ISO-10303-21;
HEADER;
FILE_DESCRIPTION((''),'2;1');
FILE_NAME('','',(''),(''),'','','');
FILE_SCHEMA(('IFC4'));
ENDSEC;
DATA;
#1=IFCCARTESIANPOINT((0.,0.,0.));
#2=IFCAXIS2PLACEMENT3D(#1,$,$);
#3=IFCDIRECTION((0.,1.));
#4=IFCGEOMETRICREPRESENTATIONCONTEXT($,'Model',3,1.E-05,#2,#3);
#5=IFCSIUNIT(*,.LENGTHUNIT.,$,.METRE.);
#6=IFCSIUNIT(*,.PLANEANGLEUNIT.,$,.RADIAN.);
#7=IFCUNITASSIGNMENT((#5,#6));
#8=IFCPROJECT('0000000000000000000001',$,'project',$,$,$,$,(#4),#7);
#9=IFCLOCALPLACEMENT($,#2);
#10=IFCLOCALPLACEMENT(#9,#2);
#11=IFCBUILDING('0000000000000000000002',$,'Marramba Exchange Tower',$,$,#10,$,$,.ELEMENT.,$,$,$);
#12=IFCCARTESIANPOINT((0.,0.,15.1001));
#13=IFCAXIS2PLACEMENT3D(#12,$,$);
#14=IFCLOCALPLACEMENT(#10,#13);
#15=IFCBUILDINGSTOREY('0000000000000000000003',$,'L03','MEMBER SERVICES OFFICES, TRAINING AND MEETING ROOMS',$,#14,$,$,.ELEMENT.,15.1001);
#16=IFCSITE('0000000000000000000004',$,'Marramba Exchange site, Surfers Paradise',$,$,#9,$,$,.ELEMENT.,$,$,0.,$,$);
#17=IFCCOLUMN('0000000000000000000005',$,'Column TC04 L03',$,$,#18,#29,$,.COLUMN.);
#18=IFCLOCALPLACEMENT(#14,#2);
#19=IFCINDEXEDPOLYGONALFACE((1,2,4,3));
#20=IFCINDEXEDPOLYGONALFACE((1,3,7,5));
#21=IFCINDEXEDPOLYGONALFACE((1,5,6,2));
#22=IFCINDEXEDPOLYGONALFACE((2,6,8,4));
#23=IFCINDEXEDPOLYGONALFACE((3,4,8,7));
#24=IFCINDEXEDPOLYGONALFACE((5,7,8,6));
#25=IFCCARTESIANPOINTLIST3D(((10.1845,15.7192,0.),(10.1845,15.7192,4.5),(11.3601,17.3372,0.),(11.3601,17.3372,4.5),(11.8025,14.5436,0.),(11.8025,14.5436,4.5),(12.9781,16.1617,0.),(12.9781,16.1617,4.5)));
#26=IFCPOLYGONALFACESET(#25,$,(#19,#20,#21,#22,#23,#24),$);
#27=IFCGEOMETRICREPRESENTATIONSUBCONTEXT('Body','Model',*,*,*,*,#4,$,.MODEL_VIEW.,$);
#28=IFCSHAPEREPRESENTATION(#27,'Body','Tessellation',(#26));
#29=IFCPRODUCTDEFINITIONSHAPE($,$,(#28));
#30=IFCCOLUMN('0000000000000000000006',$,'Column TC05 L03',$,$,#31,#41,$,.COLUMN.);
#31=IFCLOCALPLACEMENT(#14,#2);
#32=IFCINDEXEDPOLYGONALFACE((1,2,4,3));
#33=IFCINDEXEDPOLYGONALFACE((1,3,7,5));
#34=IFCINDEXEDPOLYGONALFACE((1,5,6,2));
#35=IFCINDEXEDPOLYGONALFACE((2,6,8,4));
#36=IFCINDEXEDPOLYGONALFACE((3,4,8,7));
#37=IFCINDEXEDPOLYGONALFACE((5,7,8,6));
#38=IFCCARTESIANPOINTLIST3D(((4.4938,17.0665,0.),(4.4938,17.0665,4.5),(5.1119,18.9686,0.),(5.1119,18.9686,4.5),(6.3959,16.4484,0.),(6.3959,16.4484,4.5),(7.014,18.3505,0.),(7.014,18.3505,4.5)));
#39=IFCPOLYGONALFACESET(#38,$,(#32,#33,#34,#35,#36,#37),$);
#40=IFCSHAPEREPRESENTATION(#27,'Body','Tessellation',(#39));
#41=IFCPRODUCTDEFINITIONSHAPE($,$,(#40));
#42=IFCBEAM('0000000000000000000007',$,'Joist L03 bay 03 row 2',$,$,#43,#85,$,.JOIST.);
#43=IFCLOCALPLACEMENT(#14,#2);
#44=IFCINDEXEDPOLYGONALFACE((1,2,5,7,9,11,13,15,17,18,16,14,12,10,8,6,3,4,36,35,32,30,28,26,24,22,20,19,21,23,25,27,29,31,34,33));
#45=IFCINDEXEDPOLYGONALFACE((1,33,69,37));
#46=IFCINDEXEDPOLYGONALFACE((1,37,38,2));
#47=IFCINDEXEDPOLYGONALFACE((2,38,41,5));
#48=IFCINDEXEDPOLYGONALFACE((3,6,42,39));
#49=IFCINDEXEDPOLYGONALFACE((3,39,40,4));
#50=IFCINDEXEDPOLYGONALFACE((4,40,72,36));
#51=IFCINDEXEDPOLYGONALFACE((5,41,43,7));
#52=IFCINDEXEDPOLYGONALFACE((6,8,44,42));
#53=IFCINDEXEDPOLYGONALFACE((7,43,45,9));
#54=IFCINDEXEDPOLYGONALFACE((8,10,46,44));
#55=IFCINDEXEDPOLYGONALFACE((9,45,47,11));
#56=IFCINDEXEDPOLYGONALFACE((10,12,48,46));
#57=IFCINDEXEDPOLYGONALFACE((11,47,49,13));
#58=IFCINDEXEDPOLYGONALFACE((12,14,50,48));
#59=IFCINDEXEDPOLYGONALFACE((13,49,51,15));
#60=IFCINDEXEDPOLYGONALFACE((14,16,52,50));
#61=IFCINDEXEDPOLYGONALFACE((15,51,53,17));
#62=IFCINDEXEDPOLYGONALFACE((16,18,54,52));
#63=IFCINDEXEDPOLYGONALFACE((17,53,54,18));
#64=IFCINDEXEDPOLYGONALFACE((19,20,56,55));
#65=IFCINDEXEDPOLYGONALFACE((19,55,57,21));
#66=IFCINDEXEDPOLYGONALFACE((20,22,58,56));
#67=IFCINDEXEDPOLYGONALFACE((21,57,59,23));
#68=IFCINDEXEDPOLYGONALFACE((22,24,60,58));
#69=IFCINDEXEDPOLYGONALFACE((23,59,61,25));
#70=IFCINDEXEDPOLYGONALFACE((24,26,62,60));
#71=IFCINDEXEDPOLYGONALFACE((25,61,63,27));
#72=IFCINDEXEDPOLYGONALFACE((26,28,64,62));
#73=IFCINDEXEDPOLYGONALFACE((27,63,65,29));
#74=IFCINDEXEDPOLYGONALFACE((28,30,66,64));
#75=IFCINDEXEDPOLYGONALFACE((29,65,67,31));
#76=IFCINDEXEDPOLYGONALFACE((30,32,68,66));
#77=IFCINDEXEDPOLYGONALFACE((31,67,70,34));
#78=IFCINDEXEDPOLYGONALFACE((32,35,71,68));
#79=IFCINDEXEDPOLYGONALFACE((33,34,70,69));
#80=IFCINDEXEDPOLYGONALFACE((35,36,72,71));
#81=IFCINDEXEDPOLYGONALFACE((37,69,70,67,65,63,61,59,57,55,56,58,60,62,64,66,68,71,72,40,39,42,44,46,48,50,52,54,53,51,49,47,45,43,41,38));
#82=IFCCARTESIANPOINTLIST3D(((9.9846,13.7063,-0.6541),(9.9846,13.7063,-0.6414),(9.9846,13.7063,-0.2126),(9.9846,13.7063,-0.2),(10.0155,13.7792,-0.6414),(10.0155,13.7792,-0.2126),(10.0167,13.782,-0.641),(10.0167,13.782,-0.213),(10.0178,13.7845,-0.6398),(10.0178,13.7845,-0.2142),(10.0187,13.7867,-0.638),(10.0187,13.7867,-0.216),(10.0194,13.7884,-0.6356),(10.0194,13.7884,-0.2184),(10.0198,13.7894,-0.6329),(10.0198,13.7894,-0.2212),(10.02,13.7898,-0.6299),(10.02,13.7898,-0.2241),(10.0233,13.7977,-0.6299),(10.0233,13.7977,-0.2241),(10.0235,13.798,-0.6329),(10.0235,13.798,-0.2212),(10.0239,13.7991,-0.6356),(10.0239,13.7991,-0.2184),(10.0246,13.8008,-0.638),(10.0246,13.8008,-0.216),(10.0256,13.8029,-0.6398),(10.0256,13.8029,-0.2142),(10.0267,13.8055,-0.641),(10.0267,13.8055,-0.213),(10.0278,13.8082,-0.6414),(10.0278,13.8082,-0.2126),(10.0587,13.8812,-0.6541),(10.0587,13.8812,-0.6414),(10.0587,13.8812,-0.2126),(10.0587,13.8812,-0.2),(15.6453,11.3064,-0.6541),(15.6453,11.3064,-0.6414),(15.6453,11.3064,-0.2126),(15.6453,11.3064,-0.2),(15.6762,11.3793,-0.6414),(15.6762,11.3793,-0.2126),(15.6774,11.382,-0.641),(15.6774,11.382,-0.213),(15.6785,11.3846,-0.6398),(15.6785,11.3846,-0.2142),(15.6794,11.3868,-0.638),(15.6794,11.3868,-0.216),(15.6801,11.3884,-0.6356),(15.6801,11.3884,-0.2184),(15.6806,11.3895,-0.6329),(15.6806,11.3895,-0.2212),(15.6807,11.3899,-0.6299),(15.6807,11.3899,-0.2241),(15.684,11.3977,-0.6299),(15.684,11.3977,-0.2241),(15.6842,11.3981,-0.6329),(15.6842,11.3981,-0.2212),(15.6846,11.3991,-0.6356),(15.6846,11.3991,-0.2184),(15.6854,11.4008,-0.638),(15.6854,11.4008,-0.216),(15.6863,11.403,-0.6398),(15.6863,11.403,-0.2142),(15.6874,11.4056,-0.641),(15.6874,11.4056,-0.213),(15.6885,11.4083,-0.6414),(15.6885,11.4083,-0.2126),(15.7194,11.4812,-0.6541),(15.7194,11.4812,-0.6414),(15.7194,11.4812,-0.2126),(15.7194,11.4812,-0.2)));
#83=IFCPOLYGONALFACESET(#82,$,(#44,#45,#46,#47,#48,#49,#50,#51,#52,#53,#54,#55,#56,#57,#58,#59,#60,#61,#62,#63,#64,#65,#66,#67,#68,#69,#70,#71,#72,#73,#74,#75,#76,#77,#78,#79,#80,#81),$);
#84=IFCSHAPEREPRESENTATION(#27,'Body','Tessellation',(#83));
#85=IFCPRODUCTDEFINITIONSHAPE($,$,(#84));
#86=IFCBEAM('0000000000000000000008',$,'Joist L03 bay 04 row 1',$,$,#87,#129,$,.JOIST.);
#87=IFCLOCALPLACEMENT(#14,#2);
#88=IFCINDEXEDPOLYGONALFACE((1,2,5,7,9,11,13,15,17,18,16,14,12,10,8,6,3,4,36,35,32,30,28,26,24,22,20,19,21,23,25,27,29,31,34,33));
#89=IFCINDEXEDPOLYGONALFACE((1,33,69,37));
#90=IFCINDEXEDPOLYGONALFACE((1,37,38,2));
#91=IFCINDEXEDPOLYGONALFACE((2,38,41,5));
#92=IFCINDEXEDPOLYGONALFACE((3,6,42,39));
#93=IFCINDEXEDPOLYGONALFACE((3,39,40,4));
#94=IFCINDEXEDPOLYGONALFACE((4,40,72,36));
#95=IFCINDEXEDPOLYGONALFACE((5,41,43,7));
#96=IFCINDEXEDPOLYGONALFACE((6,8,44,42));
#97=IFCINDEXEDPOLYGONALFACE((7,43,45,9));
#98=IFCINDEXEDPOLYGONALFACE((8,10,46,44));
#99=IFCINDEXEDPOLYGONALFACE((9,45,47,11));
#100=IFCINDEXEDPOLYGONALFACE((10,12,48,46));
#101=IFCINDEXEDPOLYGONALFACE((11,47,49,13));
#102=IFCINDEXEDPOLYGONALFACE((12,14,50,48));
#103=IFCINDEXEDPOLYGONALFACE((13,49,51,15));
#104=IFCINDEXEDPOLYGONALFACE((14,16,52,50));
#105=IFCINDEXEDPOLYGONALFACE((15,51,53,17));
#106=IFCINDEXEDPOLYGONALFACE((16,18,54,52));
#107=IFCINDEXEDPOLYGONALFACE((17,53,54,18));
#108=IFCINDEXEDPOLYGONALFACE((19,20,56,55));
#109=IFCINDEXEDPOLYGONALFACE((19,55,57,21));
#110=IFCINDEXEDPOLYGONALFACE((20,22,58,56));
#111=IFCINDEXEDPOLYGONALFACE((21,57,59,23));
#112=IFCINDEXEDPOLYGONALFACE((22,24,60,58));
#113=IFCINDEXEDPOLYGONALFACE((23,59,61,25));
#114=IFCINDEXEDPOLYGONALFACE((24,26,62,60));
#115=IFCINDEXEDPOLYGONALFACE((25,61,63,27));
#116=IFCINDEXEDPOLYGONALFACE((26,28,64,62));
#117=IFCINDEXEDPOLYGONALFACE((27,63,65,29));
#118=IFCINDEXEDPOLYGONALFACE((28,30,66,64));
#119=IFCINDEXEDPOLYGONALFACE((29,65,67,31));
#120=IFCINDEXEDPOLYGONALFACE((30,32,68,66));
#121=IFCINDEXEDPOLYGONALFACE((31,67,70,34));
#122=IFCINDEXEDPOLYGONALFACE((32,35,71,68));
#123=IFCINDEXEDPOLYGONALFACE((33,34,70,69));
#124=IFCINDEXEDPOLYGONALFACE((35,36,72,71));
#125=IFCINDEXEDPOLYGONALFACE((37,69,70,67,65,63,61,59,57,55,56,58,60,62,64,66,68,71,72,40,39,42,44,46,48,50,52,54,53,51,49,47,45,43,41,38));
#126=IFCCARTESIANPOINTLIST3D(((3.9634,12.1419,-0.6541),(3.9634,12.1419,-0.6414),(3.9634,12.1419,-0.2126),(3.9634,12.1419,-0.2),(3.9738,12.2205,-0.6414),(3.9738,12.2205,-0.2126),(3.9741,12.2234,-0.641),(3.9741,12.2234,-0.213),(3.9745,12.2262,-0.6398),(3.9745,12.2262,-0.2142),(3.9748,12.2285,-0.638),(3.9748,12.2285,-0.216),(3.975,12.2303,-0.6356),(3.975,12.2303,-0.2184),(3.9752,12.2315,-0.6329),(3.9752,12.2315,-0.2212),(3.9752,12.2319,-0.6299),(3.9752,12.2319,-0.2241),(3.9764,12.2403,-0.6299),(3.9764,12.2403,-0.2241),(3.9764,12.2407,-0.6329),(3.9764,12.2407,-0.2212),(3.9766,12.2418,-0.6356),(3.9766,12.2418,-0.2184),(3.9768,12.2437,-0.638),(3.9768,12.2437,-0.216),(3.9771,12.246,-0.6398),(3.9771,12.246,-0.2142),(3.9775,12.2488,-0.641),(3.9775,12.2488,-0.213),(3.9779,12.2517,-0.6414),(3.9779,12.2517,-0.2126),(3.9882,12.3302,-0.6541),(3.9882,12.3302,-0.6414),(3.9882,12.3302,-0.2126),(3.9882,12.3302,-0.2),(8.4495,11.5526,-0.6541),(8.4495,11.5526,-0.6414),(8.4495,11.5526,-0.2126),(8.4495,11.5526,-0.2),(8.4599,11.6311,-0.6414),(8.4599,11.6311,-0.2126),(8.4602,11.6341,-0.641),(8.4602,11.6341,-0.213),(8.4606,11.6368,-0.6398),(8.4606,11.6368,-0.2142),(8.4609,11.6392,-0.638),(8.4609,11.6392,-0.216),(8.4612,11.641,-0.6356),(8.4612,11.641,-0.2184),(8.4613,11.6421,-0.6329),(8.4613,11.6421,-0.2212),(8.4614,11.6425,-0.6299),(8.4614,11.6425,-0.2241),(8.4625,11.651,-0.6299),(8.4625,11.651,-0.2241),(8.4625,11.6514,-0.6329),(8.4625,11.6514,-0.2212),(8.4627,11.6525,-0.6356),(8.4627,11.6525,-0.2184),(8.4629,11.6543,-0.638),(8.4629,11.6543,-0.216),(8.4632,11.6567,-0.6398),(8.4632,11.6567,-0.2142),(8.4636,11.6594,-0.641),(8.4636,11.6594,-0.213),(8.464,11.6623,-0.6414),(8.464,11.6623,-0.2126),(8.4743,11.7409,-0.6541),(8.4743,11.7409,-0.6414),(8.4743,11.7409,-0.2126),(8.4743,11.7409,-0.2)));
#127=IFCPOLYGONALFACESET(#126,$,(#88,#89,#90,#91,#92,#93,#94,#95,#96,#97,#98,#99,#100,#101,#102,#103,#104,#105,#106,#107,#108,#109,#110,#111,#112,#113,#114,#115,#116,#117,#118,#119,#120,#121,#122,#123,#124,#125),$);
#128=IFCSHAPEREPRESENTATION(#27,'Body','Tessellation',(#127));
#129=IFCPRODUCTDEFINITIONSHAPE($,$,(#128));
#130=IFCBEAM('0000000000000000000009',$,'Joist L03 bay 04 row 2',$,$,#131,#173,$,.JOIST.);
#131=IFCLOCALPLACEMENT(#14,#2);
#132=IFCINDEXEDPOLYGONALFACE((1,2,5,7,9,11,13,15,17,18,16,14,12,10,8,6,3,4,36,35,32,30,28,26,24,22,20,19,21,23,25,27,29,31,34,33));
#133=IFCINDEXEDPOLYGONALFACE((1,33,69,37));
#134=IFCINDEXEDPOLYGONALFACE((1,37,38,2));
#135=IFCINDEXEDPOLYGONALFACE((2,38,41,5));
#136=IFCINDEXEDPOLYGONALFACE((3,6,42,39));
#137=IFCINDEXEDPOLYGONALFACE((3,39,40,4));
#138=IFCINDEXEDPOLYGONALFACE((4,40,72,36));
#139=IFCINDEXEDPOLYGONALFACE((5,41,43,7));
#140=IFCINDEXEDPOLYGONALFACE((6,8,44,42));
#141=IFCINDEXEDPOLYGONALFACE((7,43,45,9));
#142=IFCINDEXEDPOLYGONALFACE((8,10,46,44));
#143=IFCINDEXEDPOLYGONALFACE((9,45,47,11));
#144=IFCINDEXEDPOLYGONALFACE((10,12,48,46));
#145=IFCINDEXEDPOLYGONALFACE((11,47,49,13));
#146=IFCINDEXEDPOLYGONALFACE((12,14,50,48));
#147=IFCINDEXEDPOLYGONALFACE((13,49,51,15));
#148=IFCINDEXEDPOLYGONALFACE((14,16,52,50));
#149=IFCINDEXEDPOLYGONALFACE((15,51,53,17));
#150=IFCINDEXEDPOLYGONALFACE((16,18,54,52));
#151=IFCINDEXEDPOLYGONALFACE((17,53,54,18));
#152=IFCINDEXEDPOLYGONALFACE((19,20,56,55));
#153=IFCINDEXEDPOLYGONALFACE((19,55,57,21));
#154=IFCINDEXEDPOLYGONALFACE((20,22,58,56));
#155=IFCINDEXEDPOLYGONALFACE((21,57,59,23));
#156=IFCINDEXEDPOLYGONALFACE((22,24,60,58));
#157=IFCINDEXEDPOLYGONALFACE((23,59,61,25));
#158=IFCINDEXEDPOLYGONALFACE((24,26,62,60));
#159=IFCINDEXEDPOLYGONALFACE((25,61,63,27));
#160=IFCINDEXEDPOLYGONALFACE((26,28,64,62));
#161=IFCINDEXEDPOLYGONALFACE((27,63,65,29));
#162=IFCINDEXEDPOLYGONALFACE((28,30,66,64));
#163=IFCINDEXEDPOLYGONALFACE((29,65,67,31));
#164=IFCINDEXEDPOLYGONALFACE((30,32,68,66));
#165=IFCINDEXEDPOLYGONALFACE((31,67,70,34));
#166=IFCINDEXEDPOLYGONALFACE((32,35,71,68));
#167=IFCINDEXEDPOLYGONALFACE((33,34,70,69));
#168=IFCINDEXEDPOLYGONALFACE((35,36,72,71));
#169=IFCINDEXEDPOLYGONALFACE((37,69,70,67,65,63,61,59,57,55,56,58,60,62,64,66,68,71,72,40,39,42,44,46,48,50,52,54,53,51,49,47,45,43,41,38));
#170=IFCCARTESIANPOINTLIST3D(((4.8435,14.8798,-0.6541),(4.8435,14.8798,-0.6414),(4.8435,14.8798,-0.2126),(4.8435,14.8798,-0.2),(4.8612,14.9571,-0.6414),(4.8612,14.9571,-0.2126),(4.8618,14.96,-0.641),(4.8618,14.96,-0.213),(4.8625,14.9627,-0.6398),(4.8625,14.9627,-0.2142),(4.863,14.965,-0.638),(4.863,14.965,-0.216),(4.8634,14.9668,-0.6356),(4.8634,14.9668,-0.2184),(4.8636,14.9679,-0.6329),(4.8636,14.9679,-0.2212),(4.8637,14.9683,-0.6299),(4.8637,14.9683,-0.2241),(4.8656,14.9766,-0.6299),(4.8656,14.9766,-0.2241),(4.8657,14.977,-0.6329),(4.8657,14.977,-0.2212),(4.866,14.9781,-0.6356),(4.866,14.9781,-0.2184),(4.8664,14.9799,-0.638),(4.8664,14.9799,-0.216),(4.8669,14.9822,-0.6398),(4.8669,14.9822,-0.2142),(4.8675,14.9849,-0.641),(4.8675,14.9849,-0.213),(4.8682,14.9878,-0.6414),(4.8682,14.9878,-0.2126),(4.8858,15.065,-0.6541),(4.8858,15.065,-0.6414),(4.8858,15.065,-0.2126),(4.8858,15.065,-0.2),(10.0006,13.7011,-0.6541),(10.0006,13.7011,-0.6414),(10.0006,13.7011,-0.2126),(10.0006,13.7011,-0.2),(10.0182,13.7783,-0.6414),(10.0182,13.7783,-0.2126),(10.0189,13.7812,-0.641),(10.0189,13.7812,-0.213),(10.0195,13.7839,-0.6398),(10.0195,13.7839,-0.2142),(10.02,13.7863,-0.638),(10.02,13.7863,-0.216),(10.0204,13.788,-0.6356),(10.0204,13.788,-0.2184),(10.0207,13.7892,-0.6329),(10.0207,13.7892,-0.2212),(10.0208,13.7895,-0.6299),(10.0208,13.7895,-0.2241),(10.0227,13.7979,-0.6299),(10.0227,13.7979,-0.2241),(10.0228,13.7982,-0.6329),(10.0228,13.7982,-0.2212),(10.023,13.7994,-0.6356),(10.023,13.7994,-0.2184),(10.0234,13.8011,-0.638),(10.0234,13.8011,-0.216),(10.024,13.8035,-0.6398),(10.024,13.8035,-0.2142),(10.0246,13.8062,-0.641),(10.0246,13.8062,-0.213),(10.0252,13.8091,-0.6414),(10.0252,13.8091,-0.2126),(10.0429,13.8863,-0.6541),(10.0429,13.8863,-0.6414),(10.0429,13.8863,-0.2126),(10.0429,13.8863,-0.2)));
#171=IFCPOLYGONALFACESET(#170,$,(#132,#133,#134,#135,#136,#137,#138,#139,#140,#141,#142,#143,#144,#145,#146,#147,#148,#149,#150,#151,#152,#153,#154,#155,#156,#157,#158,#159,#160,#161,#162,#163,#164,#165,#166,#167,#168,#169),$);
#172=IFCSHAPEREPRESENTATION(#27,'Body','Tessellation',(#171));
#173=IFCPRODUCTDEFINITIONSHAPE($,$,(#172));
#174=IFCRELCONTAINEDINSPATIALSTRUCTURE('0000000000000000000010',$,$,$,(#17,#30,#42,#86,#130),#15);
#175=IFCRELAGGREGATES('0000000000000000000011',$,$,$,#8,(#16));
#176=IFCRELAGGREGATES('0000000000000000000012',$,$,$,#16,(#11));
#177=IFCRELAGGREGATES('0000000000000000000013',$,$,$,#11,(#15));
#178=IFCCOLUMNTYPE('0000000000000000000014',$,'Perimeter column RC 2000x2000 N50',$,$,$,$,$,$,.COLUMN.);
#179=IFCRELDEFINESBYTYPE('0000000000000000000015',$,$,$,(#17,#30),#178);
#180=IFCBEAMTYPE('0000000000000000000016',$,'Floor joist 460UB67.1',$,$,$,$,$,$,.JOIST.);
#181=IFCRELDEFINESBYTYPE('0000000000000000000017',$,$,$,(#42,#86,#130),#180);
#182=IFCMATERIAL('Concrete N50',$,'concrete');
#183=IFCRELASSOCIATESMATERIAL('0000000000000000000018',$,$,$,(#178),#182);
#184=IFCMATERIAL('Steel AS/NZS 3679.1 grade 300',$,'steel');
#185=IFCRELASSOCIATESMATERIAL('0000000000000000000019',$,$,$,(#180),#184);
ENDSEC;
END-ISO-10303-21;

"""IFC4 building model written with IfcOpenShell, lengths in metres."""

from ifc_helpers import new_model, si_unit, direction, frame, origin, origin_2d, place, context, subcontext, project, spatial, rectangle, i_section, extrude, material, material_profile, profile_set, type_object, element, save


model = new_model("IFC4")

# Units and contexts
model_context = context("Model", 3, precision=1e-05, world=origin(), true_north=direction((0.0, 1.0)))
body_context = subcontext(model_context, "Body", "Model", "MODEL_VIEW")
ifc_project = project(units=[si_unit("LENGTHUNIT", "METRE"), si_unit("PLANEANGLEUNIT", "RADIAN")], contexts=[model_context])

# Site, building, storey
site_placement = place(None, origin())
site = spatial("IfcSite", under=ifc_project, at=site_placement, Name="Marramba Exchange site, Surfers Paradise", CompositionType="ELEMENT", RefElevation=0.0)
building_placement = place(site_placement, origin())
building = spatial("IfcBuilding", under=site, at=building_placement, Name="Marramba Exchange Tower", CompositionType="ELEMENT")
storey_placement = place(building_placement, frame((0.0, 0.0, 15.1001)))
storey = spatial("IfcBuildingStorey", under=building, at=storey_placement, Name="L03", Description="MEMBER SERVICES OFFICES, TRAINING AND MEETING ROOMS", CompositionType="ELEMENT", Elevation=15.1001)

# Columns
ifc_material_1 = material(Name="Concrete N50", Category="concrete")
ifc_material_profile_1 = material_profile(ifc_material_1, rectangle(XDim=2.0, YDim=2.0, at=origin_2d()), Name="RC 2000x2000")
ifc_profile_set_1 = profile_set([ifc_material_profile_1], Name="Concrete N50")
column_type = type_object("IfcColumnType", Name="Perimeter column RC 2000x2000 N50", PredefinedType="COLUMN", material=ifc_profile_set_1)
for number, where, z_axis, x_axis, name in (
    (1, (11.5813, 15.9404, 0.0), (0.0, 0.0, 1.0), (0.587785, 0.809017, 0.0), "Column TC04 L03"),
    (2, (5.7539, 17.7085, 0.0), (0.0, 0.0, 1.0), (0.309017, 0.951057, 0.0), "Column TC05 L03"),
):
    element("IfcColumn", number, at=place(storey_placement, frame(where, z_axis=z_axis, x_axis=x_axis)), inside=storey, type_object=column_type, Name=name, PredefinedType="COLUMN", context=body_context, shape_type="SweptSolid", body=[
        extrude(rectangle(XDim=2.0, YDim=2.0, at=origin_2d()), origin(), (0.0, 0.0, 1.0), 4.5),
    ])

# Beams
ifc_material_2 = material(Name="Steel AS/NZS 3679.1 grade 300", Category="steel")
ifc_material_profile_2 = material_profile(ifc_material_2, i_section(OverallWidth=0.1899, OverallDepth=0.4541, WebThickness=0.0085, FlangeThickness=0.0127, FilletRadius=0.0115, at=origin_2d()), Name="460UB67.1")
ifc_profile_set_2 = profile_set([ifc_material_profile_2], Name="Steel AS/NZS 3679.1 grade 300")
beam_type_1 = type_object("IfcBeamType", Name="Floor joist 460UB67.1", PredefinedType="JOIST", material=ifc_profile_set_2)
beam_1_placement = place(storey_placement, frame((15.6824, 11.3938, -0.427), z_axis=(-0.920674, 0.390332, 0.0), x_axis=(-0.390332, -0.920674, 0.0)))
element("IfcBeam", 3, at=beam_1_placement, inside=storey, type_object=beam_type_1, Name="Joist L03 bay 03 row 2", PredefinedType="JOIST", context=body_context, shape_type="SweptSolid", body=[
    extrude(i_section(OverallWidth=0.1899, OverallDepth=0.4541, WebThickness=0.0085, FlangeThickness=0.0127, FilletRadius=0.0115, at=origin_2d()), origin(), (0.0, 0.0, 1.0), 6.1484),
])
beam_2_placement = place(storey_placement, frame((8.4619, 11.6467, -0.427), z_axis=(-0.991481, 0.130255, 0.0), x_axis=(-0.130255, -0.991481, 0.0)))
element("IfcBeam", 4, at=beam_2_placement, inside=storey, type_object=beam_type_1, Name="Joist L03 bay 04 row 1", PredefinedType="JOIST", context=body_context, shape_type="SweptSolid", body=[
    extrude(i_section(OverallWidth=0.1899, OverallDepth=0.4541, WebThickness=0.0085, FlangeThickness=0.0127, FilletRadius=0.0115, at=origin_2d()), origin(), (0.0, 0.0, 1.0), 4.5247),
])
beam_3_placement = place(storey_placement, frame((10.0217, 13.7937, -0.427), z_axis=(-0.97486, 0.22282, 0.0), x_axis=(-0.22282, -0.97486, 0.0)))
element("IfcBeam", 5, at=beam_3_placement, inside=storey, type_object=beam_type_1, Name="Joist L03 bay 04 row 2", PredefinedType="JOIST", context=body_context, shape_type="SweptSolid", body=[
    extrude(i_section(OverallWidth=0.1899, OverallDepth=0.4541, WebThickness=0.0085, FlangeThickness=0.0127, FilletRadius=0.0115, at=origin_2d()), origin(), (0.0, 0.0, 1.0), 5.29),
])

save(model, "model.ifc")
